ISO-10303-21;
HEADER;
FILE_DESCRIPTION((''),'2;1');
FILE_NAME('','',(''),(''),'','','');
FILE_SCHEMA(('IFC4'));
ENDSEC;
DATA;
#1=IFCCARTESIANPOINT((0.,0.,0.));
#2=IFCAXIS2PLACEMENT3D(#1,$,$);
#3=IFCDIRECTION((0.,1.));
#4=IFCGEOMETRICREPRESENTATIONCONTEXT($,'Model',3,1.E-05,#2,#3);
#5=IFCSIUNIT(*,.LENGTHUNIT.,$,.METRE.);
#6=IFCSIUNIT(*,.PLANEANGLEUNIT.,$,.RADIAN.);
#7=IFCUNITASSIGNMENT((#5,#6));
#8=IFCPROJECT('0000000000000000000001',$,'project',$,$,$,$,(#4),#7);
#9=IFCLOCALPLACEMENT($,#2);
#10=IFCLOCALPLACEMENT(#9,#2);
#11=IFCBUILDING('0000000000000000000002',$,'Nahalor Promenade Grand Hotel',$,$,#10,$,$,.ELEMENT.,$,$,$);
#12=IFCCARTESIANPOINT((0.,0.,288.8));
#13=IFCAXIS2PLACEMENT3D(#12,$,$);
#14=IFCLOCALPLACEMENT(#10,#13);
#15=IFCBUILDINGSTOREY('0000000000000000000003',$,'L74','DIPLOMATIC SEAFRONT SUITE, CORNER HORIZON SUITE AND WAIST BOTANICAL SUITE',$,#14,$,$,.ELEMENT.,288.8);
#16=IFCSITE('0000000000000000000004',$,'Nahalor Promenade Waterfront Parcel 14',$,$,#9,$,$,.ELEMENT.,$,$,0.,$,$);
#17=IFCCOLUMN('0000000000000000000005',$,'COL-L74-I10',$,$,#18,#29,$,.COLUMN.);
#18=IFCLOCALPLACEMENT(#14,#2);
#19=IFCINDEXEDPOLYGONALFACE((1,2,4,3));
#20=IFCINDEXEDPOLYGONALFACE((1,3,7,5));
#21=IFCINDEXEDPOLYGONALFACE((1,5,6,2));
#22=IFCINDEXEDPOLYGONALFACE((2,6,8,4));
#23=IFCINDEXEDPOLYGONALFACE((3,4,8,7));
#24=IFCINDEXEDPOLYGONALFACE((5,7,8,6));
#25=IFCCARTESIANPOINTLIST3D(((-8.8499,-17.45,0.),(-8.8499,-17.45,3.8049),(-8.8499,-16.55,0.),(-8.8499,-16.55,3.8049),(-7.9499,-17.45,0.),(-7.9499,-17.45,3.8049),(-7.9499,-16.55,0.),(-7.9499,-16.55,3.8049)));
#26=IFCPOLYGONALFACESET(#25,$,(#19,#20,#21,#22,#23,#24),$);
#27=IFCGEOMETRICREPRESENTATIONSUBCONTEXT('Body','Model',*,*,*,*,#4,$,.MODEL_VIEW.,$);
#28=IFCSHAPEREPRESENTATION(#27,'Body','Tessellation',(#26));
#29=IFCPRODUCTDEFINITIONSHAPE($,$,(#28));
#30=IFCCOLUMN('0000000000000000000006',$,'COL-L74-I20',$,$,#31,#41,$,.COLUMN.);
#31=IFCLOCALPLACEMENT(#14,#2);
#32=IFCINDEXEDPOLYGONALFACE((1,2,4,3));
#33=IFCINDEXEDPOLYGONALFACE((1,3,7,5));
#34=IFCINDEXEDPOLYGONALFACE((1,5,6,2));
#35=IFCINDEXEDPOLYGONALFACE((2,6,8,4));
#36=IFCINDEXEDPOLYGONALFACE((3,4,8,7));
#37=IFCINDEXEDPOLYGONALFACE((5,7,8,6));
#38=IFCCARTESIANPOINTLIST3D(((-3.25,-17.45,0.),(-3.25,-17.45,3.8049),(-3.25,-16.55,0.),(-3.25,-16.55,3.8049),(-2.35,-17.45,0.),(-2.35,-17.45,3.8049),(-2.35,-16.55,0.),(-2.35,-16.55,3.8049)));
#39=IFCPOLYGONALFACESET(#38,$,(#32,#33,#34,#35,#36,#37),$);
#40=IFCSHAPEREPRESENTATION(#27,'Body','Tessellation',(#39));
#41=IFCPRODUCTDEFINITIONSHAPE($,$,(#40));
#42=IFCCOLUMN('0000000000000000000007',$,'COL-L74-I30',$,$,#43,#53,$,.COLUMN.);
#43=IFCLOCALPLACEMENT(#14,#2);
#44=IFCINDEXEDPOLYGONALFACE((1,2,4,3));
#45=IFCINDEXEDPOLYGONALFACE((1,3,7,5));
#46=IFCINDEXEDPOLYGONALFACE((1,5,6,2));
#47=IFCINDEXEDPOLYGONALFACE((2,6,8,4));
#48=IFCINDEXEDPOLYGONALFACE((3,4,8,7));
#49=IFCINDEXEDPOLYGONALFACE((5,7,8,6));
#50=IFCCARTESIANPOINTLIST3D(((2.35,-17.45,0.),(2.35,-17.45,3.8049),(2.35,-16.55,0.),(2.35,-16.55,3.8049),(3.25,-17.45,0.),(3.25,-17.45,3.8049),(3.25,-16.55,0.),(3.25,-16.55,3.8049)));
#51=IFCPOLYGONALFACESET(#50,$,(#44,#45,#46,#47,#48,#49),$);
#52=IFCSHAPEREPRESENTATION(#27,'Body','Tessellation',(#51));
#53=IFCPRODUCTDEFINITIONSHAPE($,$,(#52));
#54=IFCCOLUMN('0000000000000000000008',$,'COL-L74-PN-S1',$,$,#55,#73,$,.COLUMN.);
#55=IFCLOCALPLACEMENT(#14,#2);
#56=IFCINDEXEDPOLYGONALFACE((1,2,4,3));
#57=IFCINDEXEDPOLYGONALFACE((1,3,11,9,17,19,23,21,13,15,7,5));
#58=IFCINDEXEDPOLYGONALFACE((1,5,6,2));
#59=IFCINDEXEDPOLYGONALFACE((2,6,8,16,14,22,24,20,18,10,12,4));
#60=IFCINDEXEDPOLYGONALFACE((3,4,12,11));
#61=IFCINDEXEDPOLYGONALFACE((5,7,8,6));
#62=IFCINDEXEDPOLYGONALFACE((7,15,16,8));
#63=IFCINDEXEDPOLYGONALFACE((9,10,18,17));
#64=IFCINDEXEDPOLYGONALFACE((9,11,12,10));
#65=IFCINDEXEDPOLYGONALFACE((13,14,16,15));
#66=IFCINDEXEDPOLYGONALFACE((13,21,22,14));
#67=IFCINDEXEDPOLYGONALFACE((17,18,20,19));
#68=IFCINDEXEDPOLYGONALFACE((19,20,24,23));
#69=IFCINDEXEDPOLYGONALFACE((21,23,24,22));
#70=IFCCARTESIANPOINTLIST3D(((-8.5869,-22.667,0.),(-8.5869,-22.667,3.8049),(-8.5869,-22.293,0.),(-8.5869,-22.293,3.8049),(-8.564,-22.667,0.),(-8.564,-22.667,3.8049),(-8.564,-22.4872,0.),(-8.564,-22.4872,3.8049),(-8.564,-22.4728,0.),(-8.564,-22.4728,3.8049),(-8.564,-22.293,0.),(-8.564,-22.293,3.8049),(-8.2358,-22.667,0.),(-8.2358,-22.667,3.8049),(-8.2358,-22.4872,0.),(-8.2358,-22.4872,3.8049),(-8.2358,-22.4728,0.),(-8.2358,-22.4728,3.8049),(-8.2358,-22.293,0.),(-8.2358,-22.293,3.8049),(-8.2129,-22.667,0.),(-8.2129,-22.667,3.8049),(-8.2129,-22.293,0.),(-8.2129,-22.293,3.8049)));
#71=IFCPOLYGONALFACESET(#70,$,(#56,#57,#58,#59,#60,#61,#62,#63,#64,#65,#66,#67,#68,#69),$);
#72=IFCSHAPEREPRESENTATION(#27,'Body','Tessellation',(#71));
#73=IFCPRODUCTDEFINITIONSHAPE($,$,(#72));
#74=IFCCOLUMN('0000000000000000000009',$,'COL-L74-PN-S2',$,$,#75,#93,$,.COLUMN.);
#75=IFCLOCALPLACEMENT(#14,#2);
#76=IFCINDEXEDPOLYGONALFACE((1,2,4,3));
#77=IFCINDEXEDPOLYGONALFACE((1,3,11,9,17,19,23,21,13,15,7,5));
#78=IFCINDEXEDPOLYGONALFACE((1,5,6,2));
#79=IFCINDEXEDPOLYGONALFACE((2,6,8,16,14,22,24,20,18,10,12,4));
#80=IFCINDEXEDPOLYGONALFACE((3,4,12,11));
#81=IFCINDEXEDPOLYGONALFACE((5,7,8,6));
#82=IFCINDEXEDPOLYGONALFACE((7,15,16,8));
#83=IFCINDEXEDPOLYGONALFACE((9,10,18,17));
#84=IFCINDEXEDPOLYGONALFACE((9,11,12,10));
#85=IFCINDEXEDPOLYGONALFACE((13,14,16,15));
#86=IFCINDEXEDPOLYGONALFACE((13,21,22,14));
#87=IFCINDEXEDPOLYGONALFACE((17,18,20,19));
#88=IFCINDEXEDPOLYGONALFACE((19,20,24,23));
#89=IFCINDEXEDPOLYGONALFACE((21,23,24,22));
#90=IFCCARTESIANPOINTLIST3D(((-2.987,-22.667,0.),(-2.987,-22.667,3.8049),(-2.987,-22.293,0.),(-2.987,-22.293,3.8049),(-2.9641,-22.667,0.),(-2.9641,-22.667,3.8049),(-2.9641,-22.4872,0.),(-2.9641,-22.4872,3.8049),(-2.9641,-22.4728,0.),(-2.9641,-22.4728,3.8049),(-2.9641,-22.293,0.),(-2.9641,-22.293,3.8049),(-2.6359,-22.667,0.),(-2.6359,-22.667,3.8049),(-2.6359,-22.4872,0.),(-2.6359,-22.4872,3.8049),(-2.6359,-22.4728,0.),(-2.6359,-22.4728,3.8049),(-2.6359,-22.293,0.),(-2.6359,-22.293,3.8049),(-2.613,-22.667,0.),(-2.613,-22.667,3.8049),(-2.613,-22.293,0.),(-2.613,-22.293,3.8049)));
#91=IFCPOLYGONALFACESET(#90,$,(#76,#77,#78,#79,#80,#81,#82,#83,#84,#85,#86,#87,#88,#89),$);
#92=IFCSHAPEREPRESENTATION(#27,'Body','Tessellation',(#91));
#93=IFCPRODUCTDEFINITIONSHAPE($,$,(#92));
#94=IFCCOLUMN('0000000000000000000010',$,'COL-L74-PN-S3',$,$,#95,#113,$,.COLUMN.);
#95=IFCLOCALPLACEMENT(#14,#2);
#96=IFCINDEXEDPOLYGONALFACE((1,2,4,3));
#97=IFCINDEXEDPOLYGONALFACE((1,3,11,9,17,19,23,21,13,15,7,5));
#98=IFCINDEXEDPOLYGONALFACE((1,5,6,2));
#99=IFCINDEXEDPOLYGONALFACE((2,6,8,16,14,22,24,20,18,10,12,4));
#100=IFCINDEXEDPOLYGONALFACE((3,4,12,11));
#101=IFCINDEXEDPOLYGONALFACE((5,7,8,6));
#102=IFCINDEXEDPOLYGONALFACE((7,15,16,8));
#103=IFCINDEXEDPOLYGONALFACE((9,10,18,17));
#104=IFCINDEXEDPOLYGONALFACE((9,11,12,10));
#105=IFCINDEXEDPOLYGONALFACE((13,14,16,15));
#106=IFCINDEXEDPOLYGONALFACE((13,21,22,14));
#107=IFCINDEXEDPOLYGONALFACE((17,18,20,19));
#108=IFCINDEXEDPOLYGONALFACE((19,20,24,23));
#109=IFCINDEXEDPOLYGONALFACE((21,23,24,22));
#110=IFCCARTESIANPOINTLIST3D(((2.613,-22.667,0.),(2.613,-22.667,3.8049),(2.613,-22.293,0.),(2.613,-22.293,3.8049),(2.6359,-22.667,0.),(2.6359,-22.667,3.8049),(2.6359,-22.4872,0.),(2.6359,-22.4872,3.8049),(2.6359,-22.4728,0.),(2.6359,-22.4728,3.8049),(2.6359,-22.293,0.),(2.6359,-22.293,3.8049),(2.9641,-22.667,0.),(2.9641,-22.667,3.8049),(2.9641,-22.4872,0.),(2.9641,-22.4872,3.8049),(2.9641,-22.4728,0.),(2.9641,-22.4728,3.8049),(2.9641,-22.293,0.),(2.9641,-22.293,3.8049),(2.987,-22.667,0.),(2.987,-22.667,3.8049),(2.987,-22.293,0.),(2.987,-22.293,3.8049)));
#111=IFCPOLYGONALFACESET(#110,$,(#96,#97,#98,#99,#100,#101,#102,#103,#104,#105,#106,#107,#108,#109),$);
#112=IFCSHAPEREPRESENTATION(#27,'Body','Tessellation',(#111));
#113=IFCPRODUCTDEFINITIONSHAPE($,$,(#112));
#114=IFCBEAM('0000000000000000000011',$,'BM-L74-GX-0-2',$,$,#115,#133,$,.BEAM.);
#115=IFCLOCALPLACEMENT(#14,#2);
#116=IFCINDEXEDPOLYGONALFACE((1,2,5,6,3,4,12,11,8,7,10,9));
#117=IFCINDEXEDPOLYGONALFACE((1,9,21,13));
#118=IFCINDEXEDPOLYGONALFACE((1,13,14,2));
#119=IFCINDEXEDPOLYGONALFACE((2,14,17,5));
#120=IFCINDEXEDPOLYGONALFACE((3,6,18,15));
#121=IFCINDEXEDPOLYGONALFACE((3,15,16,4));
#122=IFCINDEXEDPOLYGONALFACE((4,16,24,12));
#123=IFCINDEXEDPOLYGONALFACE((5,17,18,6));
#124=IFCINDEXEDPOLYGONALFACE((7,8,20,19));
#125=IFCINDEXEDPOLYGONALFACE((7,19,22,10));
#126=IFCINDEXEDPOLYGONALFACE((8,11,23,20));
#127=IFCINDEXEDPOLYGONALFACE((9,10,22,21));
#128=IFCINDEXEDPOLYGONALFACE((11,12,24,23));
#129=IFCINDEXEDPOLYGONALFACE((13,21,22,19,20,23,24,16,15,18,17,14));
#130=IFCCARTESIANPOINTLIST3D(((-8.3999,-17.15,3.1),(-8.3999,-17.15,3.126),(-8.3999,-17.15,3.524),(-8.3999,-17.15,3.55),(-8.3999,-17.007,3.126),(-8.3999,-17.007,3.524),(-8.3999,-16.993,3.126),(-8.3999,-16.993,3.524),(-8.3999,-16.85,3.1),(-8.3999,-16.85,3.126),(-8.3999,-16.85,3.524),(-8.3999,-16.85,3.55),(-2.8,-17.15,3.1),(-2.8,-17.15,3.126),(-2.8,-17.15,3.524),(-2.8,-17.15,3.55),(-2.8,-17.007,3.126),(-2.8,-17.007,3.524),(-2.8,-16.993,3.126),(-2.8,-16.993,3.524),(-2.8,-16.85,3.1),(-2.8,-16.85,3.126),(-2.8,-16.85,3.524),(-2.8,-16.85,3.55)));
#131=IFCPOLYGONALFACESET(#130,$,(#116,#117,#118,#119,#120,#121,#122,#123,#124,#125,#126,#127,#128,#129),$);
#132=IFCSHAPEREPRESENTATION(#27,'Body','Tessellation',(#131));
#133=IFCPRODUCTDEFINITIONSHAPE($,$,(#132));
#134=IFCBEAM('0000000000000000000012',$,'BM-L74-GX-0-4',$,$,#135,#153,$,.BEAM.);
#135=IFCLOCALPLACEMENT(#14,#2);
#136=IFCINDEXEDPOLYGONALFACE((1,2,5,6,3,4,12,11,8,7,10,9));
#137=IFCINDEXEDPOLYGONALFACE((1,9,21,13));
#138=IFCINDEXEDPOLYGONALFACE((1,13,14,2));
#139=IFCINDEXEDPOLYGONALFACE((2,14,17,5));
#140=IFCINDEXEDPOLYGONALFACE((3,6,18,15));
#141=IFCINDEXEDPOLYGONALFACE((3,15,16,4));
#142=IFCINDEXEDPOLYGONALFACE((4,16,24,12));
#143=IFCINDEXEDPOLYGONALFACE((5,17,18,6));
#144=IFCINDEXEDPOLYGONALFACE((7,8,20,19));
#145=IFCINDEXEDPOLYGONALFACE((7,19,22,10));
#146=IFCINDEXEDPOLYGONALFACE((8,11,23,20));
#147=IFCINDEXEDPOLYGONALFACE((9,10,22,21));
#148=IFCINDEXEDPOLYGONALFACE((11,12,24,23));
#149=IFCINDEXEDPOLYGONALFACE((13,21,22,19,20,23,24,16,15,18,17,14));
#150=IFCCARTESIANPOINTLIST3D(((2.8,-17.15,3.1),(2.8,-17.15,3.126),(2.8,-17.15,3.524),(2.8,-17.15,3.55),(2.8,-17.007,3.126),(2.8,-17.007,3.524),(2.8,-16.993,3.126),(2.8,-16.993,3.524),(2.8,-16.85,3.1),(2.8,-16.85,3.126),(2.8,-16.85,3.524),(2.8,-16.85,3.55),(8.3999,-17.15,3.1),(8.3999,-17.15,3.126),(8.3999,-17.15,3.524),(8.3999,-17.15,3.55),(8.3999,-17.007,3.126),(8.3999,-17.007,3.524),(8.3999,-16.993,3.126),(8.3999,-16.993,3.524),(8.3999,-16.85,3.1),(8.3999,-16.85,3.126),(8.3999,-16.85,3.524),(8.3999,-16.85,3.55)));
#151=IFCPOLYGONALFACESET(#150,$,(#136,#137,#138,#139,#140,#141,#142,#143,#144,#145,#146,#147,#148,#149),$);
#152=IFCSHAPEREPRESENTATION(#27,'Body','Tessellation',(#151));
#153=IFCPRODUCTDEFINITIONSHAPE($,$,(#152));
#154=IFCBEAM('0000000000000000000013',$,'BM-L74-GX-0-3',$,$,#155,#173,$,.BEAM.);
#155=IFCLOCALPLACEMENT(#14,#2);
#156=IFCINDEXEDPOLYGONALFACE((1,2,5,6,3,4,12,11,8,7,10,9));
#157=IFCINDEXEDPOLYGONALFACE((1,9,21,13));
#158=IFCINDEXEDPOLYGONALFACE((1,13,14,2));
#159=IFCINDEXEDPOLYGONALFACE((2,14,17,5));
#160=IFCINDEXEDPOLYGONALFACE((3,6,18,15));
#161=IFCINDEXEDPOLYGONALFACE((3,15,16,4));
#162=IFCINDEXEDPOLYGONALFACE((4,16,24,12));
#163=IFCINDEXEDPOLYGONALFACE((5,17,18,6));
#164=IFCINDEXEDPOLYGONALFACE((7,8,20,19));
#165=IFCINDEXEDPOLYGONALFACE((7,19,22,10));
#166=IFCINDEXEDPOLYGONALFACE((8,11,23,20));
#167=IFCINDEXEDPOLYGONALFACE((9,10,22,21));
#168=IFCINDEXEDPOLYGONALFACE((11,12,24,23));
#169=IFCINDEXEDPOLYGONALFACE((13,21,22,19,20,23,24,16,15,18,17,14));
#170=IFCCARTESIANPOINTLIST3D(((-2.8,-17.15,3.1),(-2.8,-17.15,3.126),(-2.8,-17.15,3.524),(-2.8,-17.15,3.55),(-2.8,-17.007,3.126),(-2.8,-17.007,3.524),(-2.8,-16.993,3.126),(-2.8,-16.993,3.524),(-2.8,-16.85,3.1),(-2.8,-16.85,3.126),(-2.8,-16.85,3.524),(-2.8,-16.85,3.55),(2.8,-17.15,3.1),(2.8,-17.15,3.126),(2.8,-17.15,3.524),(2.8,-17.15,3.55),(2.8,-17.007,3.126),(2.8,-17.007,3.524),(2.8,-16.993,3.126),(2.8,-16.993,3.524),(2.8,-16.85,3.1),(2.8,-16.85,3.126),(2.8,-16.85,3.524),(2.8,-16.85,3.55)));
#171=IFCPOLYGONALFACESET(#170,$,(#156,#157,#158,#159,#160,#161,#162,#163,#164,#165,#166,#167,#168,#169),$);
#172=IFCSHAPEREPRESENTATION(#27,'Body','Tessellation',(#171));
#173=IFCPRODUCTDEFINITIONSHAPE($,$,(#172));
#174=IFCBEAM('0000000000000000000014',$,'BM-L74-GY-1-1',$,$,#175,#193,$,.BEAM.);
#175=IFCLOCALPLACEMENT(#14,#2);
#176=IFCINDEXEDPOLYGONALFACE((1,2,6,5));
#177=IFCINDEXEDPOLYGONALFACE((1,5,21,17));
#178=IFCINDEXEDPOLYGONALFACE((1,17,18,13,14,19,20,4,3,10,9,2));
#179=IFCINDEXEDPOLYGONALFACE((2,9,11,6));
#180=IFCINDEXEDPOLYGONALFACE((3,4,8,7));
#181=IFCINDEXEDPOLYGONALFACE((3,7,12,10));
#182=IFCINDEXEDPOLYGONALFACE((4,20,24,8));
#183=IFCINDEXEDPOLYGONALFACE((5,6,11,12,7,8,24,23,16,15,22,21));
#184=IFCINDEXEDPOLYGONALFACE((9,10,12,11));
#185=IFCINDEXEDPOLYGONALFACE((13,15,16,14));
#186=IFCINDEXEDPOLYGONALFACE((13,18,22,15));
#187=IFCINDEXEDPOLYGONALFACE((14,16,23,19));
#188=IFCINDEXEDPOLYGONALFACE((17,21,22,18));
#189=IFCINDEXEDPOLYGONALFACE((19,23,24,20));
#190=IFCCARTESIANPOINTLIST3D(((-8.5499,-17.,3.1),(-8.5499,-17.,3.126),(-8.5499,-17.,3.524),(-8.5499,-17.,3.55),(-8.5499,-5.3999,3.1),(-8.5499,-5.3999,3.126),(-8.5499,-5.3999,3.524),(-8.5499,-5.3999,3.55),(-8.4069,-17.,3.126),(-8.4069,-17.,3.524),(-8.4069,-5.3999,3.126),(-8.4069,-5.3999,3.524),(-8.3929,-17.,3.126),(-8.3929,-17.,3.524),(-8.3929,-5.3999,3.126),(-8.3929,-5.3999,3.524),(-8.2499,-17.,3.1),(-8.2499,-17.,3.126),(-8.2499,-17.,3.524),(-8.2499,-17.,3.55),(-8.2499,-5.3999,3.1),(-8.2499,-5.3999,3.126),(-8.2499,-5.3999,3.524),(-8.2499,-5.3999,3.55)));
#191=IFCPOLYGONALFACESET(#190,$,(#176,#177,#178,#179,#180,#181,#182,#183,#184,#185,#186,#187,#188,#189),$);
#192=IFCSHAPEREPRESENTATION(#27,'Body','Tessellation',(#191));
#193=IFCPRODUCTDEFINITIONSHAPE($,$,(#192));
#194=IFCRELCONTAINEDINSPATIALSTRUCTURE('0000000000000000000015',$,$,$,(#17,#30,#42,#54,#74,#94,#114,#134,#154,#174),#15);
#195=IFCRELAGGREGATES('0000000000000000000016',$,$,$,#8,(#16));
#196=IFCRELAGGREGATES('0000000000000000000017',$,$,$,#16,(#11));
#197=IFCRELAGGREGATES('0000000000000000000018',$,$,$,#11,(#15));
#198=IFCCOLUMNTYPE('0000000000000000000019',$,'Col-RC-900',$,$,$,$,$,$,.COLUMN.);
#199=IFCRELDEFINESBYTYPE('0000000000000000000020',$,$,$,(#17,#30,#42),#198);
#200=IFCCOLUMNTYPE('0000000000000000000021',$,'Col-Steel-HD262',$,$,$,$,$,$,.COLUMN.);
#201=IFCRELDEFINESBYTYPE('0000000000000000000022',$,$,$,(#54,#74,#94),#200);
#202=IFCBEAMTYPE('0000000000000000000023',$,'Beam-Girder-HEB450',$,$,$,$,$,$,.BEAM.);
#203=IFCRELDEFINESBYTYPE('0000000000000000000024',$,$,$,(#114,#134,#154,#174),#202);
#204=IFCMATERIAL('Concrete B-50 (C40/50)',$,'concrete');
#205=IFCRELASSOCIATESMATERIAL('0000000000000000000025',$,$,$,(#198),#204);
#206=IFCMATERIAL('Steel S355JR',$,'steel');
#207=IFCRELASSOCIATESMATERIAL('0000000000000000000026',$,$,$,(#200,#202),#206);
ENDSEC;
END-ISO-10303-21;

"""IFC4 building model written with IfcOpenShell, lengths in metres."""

from ifc_helpers import new_model, si_unit, direction, frame, origin, origin_2d, place, context, subcontext, project, spatial, rectangle, i_section, extrude, source, transform, mapped, material, material_profile, profile_set, type_object, element, save


model = new_model("IFC4")

# Units and contexts
model_context = context("Model", 3, precision=1e-05, world=origin(), true_north=direction((0.0, 1.0)))
body_context = subcontext(model_context, "Body", "Model", "MODEL_VIEW")
ifc_project = project(units=[si_unit("LENGTHUNIT", "METRE"), si_unit("PLANEANGLEUNIT", "RADIAN")], contexts=[model_context])

# Site, building, storey
site_placement = place(None, origin())
site = spatial("IfcSite", under=ifc_project, at=site_placement, Name="Nahalor Promenade Waterfront Parcel 14", CompositionType="ELEMENT", RefElevation=0.0)
building_placement = place(site_placement, origin())
building = spatial("IfcBuilding", under=site, at=building_placement, Name="Nahalor Promenade Grand Hotel", CompositionType="ELEMENT")
storey_placement = place(building_placement, frame((0.0, 0.0, 288.8)))
storey = spatial("IfcBuildingStorey", under=building, at=storey_placement, Name="L74", Description="DIPLOMATIC SEAFRONT SUITE, CORNER HORIZON SUITE AND WAIST BOTANICAL SUITE", CompositionType="ELEMENT", Elevation=288.8)

# Columns
ifc_material_1 = material(Name="Concrete B-50 (C40/50)", Category="concrete")
ifc_material_profile_1 = material_profile(ifc_material_1, rectangle(XDim=0.9, YDim=0.9, at=origin_2d()), Name="RC 900x900")
ifc_profile_set_1 = profile_set([ifc_material_profile_1], Name="Concrete B-50 (C40/50)")
column_type_1 = type_object("IfcColumnType", Name="Col-RC-900", PredefinedType="COLUMN", material=ifc_profile_set_1)
shared_shape_1 = source(origin(), body_context, "Body", "SweptSolid", [
    extrude(rectangle(XDim=0.9, YDim=0.9, at=origin_2d()), origin(), (0.0, 0.0, 1.0), 3.8049),
])
for number, where, z_axis, x_axis, name in (
    (1, (-8.3999, -17.0, 0.0), (0.0, 0.0, 1.0), (1.0, 0.0, 0.0), "COL-L74-I10"),
    (2, (-2.8, -17.0, 0.0), (0.0, 0.0, 1.0), (1.0, 0.0, 0.0), "COL-L74-I20"),
    (3, (2.8, -17.0, 0.0), (0.0, 0.0, 1.0), (1.0, 0.0, 0.0), "COL-L74-I30"),
):
    element("IfcColumn", number, at=place(storey_placement, frame(where, z_axis=z_axis, x_axis=x_axis)), inside=storey, type_object=column_type_1, Name=name, PredefinedType="COLUMN", context=body_context, shape_type="MappedRepresentation", body=[
        mapped(shared_shape_1, transform((0.0, 0.0, 0.0), scale=1.0)),
    ])
ifc_material_2 = material(Name="Steel S355JR", Category="steel")
ifc_material_profile_2 = material_profile(ifc_material_2, i_section(OverallWidth=0.374, OverallDepth=0.374, WebThickness=0.0144, FlangeThickness=0.0229, at=origin_2d()), Name="HD 360x262")
ifc_profile_set_2 = profile_set([ifc_material_profile_2], Name="Steel S355JR")
column_type_2 = type_object("IfcColumnType", Name="Col-Steel-HD262", PredefinedType="COLUMN", material=ifc_profile_set_2)
shared_shape_2 = source(origin(), body_context, "Body", "SweptSolid", [
    extrude(i_section(OverallWidth=0.374, OverallDepth=0.374, WebThickness=0.0144, FlangeThickness=0.0229, at=origin_2d()), origin(), (0.0, 0.0, 1.0), 3.8049),
])
for number, where, z_axis, x_axis, name in (
    (4, (-8.3999, -22.48, 0.0), (0.0, 0.0, 1.0), (0.0, 1.0, 0.0), "COL-L74-PN-S1"),
    (5, (-2.8, -22.48, 0.0), (0.0, 0.0, 1.0), (0.0, 1.0, 0.0), "COL-L74-PN-S2"),
    (6, (2.8, -22.48, 0.0), (0.0, 0.0, 1.0), (0.0, 1.0, 0.0), "COL-L74-PN-S3"),
):
    element("IfcColumn", number, at=place(storey_placement, frame(where, z_axis=z_axis, x_axis=x_axis)), inside=storey, type_object=column_type_2, Name=name, PredefinedType="COLUMN", context=body_context, shape_type="MappedRepresentation", body=[
        mapped(shared_shape_2, transform((0.0, 0.0, 0.0), scale=1.0)),
    ])

# Beams
ifc_material_profile_3 = material_profile(ifc_material_2, i_section(OverallWidth=0.3, OverallDepth=0.45, WebThickness=0.014, FlangeThickness=0.026, at=origin_2d()), Name="HEB 450")
ifc_profile_set_3 = profile_set([ifc_material_profile_3], Name="Steel S355JR")
beam_type_1 = type_object("IfcBeamType", Name="Beam-Girder-HEB450", PredefinedType="BEAM", material=ifc_profile_set_3)
shared_shape_3 = source(origin(), body_context, "Body", "SweptSolid", [
    extrude(i_section(OverallWidth=0.3, OverallDepth=0.45, WebThickness=0.014, FlangeThickness=0.026, at=origin_2d()), origin(), (0.0, 0.0, 1.0), 5.5999),
])
for number, where, z_axis, x_axis, name in (
    (7, (-8.3999, -17.0, 3.325), (1.0, 0.0, 0.0), (0.0, 1.0, 0.0), "BM-L74-GX-0-2"),
    (8, (2.8, -17.0, 3.325), (1.0, 0.0, 0.0), (0.0, 1.0, 0.0), "BM-L74-GX-0-4"),
):
    element("IfcBeam", number, at=place(storey_placement, frame(where, z_axis=z_axis, x_axis=x_axis)), inside=storey, type_object=beam_type_1, Name=name, PredefinedType="BEAM", context=body_context, shape_type="MappedRepresentation", body=[
        mapped(shared_shape_3, transform((0.0, 0.0, 0.0), scale=1.0)),
    ])
shared_shape_4 = source(origin(), body_context, "Body", "SweptSolid", [
    extrude(i_section(OverallWidth=0.3, OverallDepth=0.45, WebThickness=0.014, FlangeThickness=0.026, at=origin_2d()), origin(), (0.0, 0.0, 1.0), 5.6001),
])
beam_1_placement = place(storey_placement, frame((-2.8, -17.0, 3.325), z_axis=(1.0, 0.0, 0.0), x_axis=(0.0, 1.0, 0.0)))
element("IfcBeam", 9, at=beam_1_placement, inside=storey, type_object=beam_type_1, Name="BM-L74-GX-0-3", PredefinedType="BEAM", context=body_context, shape_type="MappedRepresentation", body=[
    mapped(shared_shape_4, transform((0.0, 0.0, 0.0), scale=1.0)),
])
shared_shape_5 = source(origin(), body_context, "Body", "SweptSolid", [
    extrude(i_section(OverallWidth=0.3, OverallDepth=0.45, WebThickness=0.014, FlangeThickness=0.026, at=origin_2d()), origin(), (0.0, 0.0, 1.0), 11.6001),
])
for number, where, z_axis, x_axis, name in (
    (10, (-8.3999, -17.0, 3.325), (0.0, 1.0, 0.0), (-1.0, 0.0, 0.0), "BM-L74-GY-1-1"),
):
    element("IfcBeam", number, at=place(storey_placement, frame(where, z_axis=z_axis, x_axis=x_axis)), inside=storey, type_object=beam_type_1, Name=name, PredefinedType="BEAM", context=body_context, shape_type="MappedRepresentation", body=[
        mapped(shared_shape_5, transform((0.0, 0.0, 0.0), scale=1.0)),
    ])

save(model, "model.ifc")
